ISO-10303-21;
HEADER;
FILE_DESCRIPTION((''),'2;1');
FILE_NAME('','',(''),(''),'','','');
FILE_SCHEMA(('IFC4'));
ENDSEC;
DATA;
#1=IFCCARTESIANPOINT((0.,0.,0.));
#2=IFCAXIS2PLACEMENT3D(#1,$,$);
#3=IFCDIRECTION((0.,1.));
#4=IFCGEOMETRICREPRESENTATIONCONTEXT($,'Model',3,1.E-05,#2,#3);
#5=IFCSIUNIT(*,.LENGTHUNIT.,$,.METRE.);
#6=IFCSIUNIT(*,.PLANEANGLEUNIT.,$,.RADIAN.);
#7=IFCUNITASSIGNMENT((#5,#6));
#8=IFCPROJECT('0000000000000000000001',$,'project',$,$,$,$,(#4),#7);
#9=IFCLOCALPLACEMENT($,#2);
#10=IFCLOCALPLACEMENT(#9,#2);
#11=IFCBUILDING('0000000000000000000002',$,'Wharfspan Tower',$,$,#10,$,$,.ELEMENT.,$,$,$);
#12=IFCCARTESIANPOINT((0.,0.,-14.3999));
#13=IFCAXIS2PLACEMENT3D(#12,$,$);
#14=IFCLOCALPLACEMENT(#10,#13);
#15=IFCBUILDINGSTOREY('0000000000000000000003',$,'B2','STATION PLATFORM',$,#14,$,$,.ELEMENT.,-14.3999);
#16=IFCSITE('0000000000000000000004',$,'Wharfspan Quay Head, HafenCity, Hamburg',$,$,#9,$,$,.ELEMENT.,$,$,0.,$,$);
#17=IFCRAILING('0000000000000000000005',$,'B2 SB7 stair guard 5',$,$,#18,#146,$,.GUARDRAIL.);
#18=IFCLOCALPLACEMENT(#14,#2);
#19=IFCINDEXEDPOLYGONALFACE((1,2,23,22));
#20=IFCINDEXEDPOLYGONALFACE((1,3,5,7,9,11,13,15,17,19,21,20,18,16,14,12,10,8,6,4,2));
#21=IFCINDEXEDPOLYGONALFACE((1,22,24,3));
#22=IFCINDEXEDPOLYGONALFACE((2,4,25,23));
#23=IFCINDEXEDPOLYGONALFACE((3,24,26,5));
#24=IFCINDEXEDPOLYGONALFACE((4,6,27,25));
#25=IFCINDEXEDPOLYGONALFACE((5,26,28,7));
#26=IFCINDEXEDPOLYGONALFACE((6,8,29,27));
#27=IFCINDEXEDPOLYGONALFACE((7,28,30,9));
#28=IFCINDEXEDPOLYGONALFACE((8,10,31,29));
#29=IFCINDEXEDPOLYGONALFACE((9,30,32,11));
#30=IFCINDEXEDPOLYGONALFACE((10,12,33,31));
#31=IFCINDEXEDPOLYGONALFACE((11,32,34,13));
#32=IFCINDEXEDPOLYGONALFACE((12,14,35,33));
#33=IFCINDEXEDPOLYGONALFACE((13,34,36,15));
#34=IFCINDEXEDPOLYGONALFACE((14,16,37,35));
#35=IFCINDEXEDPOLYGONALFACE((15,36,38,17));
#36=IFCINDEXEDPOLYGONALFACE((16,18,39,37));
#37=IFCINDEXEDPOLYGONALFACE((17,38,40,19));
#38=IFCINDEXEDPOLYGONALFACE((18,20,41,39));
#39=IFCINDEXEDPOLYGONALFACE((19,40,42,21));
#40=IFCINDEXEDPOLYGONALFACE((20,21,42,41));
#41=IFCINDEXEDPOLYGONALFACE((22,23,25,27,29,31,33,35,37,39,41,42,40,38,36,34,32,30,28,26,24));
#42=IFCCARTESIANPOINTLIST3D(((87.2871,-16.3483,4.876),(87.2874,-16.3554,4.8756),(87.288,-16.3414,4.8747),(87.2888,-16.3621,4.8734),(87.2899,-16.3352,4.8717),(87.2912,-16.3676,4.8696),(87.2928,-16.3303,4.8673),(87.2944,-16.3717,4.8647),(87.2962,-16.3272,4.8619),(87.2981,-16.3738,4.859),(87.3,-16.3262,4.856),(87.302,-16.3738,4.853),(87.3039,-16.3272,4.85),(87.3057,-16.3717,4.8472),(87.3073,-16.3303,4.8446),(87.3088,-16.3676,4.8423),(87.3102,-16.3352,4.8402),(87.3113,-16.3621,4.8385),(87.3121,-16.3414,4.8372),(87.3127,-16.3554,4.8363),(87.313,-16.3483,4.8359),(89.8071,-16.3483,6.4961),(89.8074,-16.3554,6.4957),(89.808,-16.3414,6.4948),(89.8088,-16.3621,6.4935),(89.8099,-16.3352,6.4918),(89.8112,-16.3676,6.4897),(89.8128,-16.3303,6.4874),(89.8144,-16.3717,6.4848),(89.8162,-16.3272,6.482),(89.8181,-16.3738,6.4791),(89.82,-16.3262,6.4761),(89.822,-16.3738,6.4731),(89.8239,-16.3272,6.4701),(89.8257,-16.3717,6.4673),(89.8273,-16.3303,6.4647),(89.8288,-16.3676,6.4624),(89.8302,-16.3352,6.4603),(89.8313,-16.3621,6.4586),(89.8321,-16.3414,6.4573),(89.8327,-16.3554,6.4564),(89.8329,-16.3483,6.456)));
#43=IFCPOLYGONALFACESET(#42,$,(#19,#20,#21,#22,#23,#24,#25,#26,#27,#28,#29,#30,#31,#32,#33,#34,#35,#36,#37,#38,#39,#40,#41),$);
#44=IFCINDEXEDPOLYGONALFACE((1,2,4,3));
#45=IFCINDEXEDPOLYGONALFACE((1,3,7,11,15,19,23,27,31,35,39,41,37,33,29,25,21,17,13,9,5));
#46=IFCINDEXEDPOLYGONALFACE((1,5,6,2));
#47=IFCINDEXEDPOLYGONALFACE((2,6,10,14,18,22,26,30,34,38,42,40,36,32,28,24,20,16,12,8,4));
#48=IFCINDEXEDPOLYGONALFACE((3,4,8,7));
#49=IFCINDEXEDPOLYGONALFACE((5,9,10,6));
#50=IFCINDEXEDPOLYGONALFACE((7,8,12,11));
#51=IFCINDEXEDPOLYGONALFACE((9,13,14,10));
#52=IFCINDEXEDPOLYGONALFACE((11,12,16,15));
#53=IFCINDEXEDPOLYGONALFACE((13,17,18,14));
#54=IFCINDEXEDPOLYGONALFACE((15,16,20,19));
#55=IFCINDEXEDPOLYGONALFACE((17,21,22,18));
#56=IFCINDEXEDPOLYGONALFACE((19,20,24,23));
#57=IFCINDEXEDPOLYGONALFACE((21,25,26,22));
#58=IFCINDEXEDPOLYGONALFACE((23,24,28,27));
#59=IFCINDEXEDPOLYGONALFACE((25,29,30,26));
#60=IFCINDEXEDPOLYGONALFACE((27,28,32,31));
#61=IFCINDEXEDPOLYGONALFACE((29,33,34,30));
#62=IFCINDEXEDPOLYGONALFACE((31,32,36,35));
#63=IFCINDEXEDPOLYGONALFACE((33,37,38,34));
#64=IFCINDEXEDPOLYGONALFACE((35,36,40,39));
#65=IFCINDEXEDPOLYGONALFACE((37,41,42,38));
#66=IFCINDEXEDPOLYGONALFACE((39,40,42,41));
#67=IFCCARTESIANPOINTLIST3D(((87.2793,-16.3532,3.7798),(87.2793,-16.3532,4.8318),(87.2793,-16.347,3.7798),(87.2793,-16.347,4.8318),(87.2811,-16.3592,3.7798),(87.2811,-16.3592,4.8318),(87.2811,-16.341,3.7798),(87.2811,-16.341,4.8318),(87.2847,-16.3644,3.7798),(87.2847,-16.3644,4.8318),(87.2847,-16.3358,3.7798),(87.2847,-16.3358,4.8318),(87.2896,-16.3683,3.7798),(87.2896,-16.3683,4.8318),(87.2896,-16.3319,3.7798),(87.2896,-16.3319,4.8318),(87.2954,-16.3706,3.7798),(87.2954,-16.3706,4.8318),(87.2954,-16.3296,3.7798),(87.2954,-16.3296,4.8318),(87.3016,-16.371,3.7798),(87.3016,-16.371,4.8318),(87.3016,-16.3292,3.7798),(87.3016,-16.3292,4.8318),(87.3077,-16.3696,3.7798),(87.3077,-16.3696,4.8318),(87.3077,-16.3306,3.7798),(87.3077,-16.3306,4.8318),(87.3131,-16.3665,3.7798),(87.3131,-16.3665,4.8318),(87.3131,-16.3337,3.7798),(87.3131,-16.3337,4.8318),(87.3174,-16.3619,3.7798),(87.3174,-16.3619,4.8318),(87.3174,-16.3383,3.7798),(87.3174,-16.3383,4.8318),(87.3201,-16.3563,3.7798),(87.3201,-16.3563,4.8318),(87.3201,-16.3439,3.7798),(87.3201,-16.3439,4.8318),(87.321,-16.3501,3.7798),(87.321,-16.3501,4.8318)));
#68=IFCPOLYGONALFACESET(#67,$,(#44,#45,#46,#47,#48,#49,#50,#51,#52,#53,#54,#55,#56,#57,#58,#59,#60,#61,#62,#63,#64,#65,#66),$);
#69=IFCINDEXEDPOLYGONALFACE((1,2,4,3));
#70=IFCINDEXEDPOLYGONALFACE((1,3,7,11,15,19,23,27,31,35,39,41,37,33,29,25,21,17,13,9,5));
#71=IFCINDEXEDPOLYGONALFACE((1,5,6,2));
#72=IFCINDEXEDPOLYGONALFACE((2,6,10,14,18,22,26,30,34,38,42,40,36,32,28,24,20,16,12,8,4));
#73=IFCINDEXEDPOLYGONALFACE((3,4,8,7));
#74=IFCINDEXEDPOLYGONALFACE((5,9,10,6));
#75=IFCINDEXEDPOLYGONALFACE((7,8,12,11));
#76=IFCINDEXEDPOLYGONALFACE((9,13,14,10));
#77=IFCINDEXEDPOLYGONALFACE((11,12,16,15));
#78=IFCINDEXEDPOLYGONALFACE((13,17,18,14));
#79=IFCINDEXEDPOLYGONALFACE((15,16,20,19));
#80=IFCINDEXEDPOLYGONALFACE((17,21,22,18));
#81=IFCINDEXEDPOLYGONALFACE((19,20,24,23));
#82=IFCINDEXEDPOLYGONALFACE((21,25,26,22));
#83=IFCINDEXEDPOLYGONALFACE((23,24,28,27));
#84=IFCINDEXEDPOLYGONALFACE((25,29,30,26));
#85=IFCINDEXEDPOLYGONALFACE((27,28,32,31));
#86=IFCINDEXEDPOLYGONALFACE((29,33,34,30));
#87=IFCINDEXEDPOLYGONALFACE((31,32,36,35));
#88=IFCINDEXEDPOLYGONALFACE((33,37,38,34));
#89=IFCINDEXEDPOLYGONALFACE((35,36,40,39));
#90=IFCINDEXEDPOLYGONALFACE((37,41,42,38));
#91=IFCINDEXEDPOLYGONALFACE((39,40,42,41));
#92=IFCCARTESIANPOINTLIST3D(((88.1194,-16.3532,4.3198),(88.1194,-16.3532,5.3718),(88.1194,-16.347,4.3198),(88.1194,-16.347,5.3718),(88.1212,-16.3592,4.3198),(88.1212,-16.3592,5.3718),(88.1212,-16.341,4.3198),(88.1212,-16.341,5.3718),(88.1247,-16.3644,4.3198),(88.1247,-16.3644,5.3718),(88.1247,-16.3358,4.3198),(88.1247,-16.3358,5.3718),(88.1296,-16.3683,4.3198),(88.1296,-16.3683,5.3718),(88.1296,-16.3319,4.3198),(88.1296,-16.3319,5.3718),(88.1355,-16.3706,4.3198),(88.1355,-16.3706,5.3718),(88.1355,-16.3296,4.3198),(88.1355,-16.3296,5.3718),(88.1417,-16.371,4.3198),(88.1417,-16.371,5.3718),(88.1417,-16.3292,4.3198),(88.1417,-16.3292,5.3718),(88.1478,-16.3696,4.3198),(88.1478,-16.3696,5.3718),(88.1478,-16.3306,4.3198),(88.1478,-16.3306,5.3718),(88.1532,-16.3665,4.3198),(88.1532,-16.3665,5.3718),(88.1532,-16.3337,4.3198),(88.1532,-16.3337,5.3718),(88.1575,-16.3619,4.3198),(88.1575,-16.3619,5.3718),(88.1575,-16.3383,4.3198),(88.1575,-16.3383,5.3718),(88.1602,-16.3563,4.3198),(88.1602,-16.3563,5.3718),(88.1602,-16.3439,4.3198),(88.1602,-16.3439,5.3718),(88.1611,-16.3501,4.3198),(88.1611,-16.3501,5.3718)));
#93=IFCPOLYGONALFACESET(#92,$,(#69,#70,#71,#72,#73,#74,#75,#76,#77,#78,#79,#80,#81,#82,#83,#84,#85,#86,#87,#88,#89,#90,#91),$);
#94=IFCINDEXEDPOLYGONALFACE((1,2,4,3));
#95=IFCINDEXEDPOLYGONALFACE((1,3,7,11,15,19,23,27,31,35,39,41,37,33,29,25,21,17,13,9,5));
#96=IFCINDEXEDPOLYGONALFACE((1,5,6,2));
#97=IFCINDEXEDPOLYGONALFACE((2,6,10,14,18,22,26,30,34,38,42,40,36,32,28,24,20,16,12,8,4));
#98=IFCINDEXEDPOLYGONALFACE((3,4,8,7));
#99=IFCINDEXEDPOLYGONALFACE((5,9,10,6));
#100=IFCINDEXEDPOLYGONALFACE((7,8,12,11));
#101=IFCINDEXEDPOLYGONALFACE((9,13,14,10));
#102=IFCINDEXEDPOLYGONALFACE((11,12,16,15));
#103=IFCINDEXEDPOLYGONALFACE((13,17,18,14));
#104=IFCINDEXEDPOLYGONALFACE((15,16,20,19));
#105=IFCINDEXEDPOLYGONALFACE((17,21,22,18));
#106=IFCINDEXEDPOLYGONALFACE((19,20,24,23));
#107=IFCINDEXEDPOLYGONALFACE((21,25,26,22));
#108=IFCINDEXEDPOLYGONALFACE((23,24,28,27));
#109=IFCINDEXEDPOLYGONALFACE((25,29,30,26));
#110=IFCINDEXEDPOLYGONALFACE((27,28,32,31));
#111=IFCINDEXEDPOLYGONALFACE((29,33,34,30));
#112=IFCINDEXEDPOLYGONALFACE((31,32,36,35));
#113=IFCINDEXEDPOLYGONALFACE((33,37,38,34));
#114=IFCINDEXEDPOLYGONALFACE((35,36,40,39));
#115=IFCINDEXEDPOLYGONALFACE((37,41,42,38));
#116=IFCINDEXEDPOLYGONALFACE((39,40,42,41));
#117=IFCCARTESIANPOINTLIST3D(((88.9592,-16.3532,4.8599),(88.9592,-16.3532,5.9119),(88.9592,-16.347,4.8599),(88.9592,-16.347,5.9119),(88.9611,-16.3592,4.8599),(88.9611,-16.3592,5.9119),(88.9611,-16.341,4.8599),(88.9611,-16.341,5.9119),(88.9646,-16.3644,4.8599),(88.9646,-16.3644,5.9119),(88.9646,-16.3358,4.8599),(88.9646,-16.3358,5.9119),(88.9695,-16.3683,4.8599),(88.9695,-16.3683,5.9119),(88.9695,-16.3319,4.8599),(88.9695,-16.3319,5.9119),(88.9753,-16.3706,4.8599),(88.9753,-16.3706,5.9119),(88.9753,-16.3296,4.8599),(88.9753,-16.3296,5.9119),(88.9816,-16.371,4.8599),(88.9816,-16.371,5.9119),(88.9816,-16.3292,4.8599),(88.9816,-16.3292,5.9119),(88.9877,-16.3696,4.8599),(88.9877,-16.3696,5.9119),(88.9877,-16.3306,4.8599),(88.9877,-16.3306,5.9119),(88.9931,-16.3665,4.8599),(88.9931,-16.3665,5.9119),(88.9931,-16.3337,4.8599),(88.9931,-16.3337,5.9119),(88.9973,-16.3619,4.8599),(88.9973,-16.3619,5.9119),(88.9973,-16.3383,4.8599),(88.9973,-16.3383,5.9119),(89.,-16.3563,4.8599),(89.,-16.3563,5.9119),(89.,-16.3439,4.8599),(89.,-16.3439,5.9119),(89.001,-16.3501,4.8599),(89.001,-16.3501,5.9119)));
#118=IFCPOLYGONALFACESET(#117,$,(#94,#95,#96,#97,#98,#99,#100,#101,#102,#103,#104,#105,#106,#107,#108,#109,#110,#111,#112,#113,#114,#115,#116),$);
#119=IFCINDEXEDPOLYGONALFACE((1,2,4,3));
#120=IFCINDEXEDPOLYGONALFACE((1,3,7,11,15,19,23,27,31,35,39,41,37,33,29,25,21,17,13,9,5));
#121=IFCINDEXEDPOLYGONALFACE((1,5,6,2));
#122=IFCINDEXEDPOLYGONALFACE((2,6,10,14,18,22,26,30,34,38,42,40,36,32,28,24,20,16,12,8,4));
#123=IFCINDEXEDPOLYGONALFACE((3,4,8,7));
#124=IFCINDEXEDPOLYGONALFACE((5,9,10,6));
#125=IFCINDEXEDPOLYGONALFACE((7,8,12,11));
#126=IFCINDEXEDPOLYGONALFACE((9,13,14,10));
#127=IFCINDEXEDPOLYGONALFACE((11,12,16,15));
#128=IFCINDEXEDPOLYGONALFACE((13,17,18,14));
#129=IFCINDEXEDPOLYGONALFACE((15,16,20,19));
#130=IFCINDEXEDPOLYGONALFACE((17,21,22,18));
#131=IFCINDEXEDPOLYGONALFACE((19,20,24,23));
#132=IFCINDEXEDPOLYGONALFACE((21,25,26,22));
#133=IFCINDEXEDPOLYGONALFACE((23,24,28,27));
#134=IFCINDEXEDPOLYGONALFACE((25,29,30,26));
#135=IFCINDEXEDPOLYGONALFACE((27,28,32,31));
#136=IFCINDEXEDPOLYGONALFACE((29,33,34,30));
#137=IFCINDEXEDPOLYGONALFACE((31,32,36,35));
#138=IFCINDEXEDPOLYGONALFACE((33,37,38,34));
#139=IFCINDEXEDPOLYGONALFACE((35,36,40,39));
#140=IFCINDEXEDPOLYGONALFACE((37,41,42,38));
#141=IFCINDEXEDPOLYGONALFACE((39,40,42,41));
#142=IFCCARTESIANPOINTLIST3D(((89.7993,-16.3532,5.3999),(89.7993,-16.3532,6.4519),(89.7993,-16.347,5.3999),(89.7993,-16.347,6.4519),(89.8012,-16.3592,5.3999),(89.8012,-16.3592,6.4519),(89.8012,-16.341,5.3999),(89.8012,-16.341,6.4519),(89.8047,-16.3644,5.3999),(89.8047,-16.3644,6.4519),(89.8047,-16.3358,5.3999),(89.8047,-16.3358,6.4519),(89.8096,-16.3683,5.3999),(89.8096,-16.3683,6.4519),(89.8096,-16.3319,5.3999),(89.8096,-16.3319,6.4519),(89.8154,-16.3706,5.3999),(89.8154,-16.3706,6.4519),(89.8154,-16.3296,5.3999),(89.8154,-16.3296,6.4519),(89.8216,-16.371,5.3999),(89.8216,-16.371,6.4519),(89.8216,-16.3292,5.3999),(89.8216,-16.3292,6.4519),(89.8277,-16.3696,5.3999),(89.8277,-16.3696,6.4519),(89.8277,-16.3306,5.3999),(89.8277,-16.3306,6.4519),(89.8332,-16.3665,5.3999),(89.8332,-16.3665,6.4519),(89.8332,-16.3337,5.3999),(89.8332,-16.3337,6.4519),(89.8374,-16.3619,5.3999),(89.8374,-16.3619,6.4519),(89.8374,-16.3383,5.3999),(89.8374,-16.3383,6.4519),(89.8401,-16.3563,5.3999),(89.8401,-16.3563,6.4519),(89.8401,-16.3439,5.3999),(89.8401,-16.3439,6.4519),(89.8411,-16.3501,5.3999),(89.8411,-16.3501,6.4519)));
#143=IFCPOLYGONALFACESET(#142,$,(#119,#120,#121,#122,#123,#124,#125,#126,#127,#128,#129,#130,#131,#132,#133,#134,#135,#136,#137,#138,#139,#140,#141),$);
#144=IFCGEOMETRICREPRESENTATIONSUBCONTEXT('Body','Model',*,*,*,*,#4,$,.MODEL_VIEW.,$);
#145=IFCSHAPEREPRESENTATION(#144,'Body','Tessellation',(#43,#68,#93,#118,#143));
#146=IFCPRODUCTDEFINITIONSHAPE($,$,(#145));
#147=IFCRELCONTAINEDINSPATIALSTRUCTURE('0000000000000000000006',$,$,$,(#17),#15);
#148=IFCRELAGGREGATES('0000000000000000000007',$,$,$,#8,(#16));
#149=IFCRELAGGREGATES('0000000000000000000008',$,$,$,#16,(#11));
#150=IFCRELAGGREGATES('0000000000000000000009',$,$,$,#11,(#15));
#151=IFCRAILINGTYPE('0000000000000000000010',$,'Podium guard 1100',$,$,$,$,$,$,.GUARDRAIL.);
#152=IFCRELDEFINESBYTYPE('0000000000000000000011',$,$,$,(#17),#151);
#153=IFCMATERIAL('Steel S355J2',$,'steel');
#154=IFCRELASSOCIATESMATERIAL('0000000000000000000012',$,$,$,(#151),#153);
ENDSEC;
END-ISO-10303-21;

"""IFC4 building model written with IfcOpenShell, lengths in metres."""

from ifc_helpers import new_model, si_unit, direction, frame, origin, origin_2d, place, context, subcontext, project, spatial, circle, extrude, material, type_object, element, save


model = new_model("IFC4")

# Units and contexts
model_context = context("Model", 3, precision=1e-05, world=origin(), true_north=direction((0.0, 1.0)))
body_context = subcontext(model_context, "Body", "Model", "MODEL_VIEW")
ifc_project = project(units=[si_unit("LENGTHUNIT", "METRE"), si_unit("PLANEANGLEUNIT", "RADIAN")], contexts=[model_context])

# Site, building, storey
site_placement = place(None, origin())
site = spatial("IfcSite", under=ifc_project, at=site_placement, Name="Wharfspan Quay Head, HafenCity, Hamburg", CompositionType="ELEMENT", RefElevation=0.0)
building_placement = place(site_placement, origin())
building = spatial("IfcBuilding", under=site, at=building_placement, Name="Wharfspan Tower", CompositionType="ELEMENT")
storey_placement = place(building_placement, frame((0.0, 0.0, -14.3999)))
storey = spatial("IfcBuildingStorey", under=building, at=storey_placement, Name="B2", Description="STATION PLATFORM", CompositionType="ELEMENT", Elevation=-14.3999)

# Railing
ifc_material_1 = material(Name="Steel S355J2", Category="steel")
railing_type_1 = type_object("IfcRailingType", Name="Podium guard 1100", PredefinedType="GUARDRAIL", material=ifc_material_1)
railing_1_placement = place(storey_placement, frame((87.3, -16.3501, 3.7798)))
element("IfcRailing", 1, at=railing_1_placement, inside=storey, type_object=railing_type_1, Name="B2 SB7 stair guard 5", PredefinedType="GUARDRAIL", context=body_context, shape_type="SweptSolid", body=[
    extrude(circle(Radius=0.0239, at=origin_2d()), frame((0.0, 0.0, 1.0762), z_axis=(0.841163, 0.0, 0.540782), x_axis=(0.0, 1.0, 0.0)), (0.0, 0.0, 1.0), 2.9958),
    extrude(circle(Radius=0.021, at=origin_2d()), origin(), (0.0, 0.0, 1.0), 1.052),
    extrude(circle(Radius=0.021, at=origin_2d()), frame((0.8401, 0.0, 0.54)), (0.0, 0.0, 1.0), 1.052),
    extrude(circle(Radius=0.021, at=origin_2d()), frame((1.6799, 0.0, 1.0801)), (0.0, 0.0, 1.0), 1.052),
    extrude(circle(Radius=0.021, at=origin_2d()), frame((2.52, 0.0, 1.6201)), (0.0, 0.0, 1.0), 1.052),
])

save(model, "model.ifc")
